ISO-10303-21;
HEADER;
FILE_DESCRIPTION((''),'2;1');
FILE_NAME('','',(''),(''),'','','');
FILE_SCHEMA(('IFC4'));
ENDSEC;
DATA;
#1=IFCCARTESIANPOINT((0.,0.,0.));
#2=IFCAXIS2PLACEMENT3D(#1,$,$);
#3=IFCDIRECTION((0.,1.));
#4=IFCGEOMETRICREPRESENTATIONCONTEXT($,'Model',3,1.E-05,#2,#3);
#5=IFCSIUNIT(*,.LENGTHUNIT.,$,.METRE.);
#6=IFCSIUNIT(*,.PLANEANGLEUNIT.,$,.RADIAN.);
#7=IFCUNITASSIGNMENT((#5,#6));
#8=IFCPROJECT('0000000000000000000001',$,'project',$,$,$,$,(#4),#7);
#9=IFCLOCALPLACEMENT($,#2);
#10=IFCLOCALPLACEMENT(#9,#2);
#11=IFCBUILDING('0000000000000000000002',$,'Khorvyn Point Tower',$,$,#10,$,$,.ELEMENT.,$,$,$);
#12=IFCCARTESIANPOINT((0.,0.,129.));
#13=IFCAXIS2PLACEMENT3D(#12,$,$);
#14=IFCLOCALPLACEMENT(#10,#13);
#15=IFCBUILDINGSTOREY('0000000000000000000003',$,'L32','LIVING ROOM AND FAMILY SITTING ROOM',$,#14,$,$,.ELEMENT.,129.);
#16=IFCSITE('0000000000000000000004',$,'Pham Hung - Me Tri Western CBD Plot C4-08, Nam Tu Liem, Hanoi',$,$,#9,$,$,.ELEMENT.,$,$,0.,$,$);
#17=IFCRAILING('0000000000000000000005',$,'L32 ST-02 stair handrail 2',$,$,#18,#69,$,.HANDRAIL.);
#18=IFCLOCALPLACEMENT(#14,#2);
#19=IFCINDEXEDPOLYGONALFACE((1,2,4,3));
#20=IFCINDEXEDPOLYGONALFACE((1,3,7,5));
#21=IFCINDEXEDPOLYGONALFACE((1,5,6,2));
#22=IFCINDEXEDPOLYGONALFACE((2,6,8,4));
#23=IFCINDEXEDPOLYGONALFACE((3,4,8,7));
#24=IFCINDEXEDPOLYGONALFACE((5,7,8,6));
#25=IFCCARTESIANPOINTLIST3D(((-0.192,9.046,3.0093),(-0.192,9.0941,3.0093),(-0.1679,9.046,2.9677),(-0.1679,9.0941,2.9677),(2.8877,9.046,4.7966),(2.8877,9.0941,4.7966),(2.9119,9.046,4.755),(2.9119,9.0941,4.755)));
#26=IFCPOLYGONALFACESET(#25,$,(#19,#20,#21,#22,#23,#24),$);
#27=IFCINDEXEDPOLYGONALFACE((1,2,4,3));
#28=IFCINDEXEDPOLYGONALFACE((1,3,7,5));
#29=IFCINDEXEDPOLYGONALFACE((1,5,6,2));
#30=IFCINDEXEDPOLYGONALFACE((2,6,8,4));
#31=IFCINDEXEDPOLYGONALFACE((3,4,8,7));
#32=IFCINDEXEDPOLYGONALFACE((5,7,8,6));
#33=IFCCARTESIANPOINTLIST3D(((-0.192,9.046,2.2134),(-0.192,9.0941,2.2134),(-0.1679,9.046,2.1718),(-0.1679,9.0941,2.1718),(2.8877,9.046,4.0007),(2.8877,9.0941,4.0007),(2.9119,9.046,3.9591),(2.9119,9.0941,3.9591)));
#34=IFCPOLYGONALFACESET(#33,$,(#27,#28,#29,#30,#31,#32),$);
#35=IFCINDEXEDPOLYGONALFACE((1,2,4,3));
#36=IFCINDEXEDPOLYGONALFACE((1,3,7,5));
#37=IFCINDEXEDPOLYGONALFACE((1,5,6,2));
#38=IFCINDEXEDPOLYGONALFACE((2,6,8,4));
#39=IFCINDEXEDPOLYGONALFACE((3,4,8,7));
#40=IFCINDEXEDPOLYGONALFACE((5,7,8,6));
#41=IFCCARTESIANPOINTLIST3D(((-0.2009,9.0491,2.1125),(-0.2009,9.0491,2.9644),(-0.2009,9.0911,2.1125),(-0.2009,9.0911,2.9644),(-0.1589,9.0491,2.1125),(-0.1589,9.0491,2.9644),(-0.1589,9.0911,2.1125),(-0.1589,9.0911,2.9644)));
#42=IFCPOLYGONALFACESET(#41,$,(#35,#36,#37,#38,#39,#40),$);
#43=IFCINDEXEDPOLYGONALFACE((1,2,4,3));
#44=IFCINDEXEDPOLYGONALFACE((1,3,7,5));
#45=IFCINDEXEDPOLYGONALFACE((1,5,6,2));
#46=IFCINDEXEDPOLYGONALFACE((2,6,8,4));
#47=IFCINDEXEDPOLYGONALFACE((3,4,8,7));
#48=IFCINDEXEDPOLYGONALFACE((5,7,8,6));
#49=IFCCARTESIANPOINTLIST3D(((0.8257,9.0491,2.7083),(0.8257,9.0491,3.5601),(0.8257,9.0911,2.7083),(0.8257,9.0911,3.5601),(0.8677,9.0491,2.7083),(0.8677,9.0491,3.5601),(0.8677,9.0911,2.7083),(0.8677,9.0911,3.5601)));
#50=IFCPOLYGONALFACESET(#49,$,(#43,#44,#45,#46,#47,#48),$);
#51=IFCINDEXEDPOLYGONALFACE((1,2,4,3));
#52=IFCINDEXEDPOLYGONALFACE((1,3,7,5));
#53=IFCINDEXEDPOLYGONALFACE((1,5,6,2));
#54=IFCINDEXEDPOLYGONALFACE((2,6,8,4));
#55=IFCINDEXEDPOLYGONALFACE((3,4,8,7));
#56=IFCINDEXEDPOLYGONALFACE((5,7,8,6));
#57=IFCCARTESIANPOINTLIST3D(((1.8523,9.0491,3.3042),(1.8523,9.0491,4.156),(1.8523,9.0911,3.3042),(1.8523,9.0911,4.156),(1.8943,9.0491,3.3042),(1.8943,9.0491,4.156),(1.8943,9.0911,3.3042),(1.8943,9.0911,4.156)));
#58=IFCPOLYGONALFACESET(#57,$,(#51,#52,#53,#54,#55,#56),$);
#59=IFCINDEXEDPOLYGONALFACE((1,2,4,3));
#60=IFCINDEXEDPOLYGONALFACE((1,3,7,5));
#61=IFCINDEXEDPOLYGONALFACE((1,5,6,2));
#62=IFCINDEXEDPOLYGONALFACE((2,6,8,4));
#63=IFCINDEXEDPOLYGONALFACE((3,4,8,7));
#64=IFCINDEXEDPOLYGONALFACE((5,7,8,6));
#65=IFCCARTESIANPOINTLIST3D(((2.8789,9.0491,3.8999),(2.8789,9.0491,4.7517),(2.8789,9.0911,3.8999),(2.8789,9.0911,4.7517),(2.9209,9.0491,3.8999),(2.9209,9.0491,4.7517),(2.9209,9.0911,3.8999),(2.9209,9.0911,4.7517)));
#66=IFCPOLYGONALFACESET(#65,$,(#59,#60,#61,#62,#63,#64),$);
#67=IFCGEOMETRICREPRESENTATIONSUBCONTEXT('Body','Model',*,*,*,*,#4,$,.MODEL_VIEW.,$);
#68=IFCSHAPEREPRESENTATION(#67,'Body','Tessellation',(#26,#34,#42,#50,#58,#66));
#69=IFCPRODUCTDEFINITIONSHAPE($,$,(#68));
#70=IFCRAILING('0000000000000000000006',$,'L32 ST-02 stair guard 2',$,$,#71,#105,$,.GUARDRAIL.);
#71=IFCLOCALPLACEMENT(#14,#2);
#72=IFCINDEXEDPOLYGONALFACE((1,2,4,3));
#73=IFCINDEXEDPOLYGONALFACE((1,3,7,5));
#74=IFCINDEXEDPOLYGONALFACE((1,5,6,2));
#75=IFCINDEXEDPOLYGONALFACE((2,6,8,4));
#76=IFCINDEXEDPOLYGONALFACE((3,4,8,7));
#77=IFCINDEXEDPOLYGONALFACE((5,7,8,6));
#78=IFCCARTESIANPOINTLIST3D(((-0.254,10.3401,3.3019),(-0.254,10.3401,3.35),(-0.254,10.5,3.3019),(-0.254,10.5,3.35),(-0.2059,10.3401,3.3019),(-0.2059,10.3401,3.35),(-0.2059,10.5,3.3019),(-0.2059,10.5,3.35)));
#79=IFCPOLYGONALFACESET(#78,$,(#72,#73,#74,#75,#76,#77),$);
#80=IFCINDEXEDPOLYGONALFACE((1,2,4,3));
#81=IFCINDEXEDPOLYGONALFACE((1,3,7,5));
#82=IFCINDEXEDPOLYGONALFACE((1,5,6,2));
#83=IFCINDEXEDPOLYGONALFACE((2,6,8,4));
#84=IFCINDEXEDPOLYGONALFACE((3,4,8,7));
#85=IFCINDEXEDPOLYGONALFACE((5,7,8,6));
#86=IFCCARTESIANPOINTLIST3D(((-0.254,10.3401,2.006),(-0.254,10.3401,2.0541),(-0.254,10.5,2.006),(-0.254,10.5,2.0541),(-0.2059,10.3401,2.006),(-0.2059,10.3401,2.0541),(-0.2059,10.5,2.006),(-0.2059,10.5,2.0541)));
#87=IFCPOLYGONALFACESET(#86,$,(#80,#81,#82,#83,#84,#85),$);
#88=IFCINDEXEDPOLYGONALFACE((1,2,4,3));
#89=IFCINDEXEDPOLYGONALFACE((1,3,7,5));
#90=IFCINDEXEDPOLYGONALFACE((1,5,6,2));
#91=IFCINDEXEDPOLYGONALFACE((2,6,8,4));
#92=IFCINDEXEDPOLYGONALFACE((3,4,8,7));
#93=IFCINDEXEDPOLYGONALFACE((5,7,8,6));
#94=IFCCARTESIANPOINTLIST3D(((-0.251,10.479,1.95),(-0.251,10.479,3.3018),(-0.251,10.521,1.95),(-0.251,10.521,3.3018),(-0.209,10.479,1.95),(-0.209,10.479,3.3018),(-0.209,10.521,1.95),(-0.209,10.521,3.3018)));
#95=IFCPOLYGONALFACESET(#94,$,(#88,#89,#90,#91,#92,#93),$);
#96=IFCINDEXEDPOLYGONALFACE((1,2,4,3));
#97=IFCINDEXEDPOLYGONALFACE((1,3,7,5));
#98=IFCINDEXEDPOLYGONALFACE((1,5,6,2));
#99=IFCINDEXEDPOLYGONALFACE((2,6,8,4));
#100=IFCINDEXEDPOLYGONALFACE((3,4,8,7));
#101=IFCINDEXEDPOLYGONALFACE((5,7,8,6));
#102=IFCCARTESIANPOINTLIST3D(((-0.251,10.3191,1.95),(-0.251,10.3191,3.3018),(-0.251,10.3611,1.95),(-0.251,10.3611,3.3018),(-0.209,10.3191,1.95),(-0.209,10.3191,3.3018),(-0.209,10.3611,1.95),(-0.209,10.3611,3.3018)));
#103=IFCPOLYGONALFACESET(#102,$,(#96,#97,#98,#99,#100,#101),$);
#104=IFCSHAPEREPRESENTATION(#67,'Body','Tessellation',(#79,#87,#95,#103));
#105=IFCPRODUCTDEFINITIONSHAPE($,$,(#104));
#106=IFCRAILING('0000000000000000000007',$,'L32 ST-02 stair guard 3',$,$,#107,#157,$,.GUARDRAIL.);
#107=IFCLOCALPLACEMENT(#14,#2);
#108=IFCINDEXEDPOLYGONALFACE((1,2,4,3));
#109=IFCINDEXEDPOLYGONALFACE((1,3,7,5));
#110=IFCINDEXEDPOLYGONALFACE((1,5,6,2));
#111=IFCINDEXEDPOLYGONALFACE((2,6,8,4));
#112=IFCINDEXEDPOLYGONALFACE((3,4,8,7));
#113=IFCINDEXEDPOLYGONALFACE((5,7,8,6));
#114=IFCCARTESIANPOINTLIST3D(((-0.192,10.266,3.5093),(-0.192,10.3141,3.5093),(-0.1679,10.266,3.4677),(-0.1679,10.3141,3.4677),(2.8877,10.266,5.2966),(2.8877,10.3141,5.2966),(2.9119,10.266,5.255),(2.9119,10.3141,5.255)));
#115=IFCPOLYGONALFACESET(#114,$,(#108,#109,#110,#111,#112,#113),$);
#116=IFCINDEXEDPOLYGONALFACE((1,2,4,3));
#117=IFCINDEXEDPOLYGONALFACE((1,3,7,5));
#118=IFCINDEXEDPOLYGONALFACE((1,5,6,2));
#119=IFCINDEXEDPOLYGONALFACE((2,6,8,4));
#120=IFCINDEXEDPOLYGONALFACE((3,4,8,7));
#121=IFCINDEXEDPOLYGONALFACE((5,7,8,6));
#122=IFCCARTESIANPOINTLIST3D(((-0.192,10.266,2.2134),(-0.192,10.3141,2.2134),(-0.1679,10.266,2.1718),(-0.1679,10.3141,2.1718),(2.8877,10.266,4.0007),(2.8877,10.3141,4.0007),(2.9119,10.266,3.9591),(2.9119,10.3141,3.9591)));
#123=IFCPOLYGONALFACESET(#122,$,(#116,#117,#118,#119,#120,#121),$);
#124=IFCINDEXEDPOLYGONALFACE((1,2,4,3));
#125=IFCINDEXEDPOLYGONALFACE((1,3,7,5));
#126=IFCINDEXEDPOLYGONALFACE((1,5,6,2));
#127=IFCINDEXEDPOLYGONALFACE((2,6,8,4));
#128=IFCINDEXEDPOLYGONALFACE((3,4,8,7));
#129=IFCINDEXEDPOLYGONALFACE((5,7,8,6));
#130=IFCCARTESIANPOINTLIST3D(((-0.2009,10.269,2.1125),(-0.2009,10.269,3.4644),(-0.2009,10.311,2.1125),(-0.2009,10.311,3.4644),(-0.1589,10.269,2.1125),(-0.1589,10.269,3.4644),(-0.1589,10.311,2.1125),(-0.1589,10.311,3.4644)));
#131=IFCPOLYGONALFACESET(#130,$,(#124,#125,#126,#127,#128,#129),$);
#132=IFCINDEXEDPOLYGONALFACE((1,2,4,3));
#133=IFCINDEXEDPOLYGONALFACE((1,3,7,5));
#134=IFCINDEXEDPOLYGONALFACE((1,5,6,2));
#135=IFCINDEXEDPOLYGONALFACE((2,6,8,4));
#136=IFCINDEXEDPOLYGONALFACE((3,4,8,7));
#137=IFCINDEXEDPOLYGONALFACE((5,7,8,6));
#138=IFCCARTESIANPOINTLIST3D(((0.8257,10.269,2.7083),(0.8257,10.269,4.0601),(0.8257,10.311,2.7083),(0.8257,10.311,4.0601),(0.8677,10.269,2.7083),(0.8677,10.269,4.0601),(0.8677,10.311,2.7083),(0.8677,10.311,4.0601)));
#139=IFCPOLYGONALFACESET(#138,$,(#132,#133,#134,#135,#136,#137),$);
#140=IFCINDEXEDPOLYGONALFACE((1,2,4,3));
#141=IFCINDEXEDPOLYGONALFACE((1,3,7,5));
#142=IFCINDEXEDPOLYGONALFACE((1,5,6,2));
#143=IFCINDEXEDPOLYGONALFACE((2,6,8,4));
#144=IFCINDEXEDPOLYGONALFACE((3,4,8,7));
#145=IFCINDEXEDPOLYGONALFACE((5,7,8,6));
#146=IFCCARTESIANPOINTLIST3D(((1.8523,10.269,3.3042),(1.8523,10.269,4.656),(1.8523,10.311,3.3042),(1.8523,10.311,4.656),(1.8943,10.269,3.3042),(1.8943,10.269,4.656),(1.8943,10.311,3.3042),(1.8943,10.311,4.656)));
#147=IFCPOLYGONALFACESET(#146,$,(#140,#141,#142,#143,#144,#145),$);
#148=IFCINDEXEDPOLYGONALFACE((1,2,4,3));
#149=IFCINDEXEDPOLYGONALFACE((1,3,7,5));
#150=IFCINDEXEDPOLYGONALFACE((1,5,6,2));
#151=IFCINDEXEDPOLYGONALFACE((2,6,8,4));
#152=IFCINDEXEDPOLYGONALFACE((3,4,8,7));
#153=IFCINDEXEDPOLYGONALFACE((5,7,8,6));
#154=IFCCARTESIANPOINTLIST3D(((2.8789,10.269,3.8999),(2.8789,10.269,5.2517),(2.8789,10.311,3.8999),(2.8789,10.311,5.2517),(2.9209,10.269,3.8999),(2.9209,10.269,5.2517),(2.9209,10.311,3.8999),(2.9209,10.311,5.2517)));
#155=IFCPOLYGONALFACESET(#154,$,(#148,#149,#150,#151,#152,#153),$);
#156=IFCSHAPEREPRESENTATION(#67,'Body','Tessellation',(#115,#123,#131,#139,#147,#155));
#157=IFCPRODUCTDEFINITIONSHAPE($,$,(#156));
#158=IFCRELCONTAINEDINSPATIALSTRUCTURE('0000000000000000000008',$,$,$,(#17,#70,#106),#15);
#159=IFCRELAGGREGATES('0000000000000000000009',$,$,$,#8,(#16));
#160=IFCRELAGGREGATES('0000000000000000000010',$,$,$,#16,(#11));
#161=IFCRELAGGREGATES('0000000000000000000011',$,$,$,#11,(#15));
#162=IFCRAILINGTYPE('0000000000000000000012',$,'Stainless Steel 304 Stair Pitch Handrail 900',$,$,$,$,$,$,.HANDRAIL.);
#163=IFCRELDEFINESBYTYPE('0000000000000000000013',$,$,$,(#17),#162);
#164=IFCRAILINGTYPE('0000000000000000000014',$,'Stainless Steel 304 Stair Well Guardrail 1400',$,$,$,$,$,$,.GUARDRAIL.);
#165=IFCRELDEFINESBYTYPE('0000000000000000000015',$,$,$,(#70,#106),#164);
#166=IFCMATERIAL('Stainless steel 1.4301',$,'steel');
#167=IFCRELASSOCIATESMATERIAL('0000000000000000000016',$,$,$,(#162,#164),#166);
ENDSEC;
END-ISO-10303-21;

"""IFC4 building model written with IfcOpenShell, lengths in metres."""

from ifc_helpers import new_model, si_unit, direction, frame, origin, origin_2d, place, context, subcontext, project, spatial, rectangle, extrude, material, type_object, element, save


model = new_model("IFC4")

# Units and contexts
model_context = context("Model", 3, precision=1e-05, world=origin(), true_north=direction((0.0, 1.0)))
body_context = subcontext(model_context, "Body", "Model", "MODEL_VIEW")
ifc_project = project(units=[si_unit("LENGTHUNIT", "METRE"), si_unit("PLANEANGLEUNIT", "RADIAN")], contexts=[model_context])

# Site, building, storey
site_placement = place(None, origin())
site = spatial("IfcSite", under=ifc_project, at=site_placement, Name="Pham Hung - Me Tri Western CBD Plot C4-08, Nam Tu Liem, Hanoi", CompositionType="ELEMENT", RefElevation=0.0)
building_placement = place(site_placement, origin())
building = spatial("IfcBuilding", under=site, at=building_placement, Name="Khorvyn Point Tower", CompositionType="ELEMENT")
storey_placement = place(building_placement, frame((0.0, 0.0, 129.0)))
storey = spatial("IfcBuildingStorey", under=building, at=storey_placement, Name="L32", Description="LIVING ROOM AND FAMILY SITTING ROOM", CompositionType="ELEMENT", Elevation=129.0)

# Shared definitions
ifc_material_1 = material(Name="Stainless steel 1.4301", Category="steel")

# Railings
railing_type_1 = type_object("IfcRailingType", Name="Stainless Steel 304 Stair Pitch Handrail 900", PredefinedType="HANDRAIL", material=ifc_material_1)
railing_1_placement = place(storey_placement, frame((-0.1799, 9.0701, 2.1125)))
element("IfcRailing", 1, at=railing_1_placement, inside=storey, type_object=railing_type_1, Name="L32 ST-02 stair handrail 2", PredefinedType="HANDRAIL", context=body_context, shape_type="SweptSolid", body=[
    extrude(rectangle(XDim=0.0481, YDim=0.0481, at=origin_2d()), frame((0.0, 0.0, 0.876), z_axis=(0.864903, 0.0, 0.501939), x_axis=(0.0, 1.0, 0.0)), (0.0, 0.0, 1.0), 3.5608),
    extrude(rectangle(XDim=0.0481, YDim=0.0481, at=origin_2d()), frame((0.0, 0.0, 0.0801), z_axis=(0.864903, 0.0, 0.501939), x_axis=(0.0, 1.0, 0.0)), (0.0, 0.0, 1.0), 3.5608),
    extrude(rectangle(XDim=0.042, YDim=0.042, at=origin_2d()), origin(), (0.0, 0.0, 1.0), 0.8518),
    extrude(rectangle(XDim=0.042, YDim=0.042, at=origin_2d()), frame((1.0266, 0.0, 0.5957)), (0.0, 0.0, 1.0), 0.8518),
    extrude(rectangle(XDim=0.042, YDim=0.042, at=origin_2d()), frame((2.0532, 0.0, 1.1917)), (0.0, 0.0, 1.0), 0.8518),
    extrude(rectangle(XDim=0.042, YDim=0.042, at=origin_2d()), frame((3.0798, 0.0, 1.7874)), (0.0, 0.0, 1.0), 0.8518),
])
railing_type_2 = type_object("IfcRailingType", Name="Stainless Steel 304 Stair Well Guardrail 1400", PredefinedType="GUARDRAIL", material=ifc_material_1)
railing_2_placement = place(storey_placement, frame((-0.23, 10.5, 1.95)))
element("IfcRailing", 2, at=railing_2_placement, inside=storey, type_object=railing_type_2, Name="L32 ST-02 stair guard 2", PredefinedType="GUARDRAIL", context=body_context, shape_type="SweptSolid", body=[
    extrude(rectangle(XDim=0.0481, YDim=0.0481, at=origin_2d()), frame((0.0, 0.0, 1.376), z_axis=(0.0, -1.0, 0.0), x_axis=(1.0, 0.0, 0.0)), (0.0, 0.0, 1.0), 0.1599),
    extrude(rectangle(XDim=0.0481, YDim=0.0481, at=origin_2d()), frame((0.0, 0.0, 0.0801), z_axis=(0.0, -1.0, 0.0), x_axis=(1.0, 0.0, 0.0)), (0.0, 0.0, 1.0), 0.1599),
    extrude(rectangle(XDim=0.042, YDim=0.042, at=origin_2d()), origin(), (0.0, 0.0, 1.0), 1.3518),
    extrude(rectangle(XDim=0.042, YDim=0.042, at=origin_2d()), frame((0.0, -0.1599, 0.0)), (0.0, 0.0, 1.0), 1.3518),
])
railing_3_placement = place(storey_placement, frame((-0.1799, 10.29, 2.1125)))
element("IfcRailing", 3, at=railing_3_placement, inside=storey, type_object=railing_type_2, Name="L32 ST-02 stair guard 3", PredefinedType="GUARDRAIL", context=body_context, shape_type="SweptSolid", body=[
    extrude(rectangle(XDim=0.0481, YDim=0.0481, at=origin_2d()), frame((0.0, 0.0, 1.376), z_axis=(0.864903, 0.0, 0.501939), x_axis=(0.0, 1.0, 0.0)), (0.0, 0.0, 1.0), 3.5608),
    extrude(rectangle(XDim=0.0481, YDim=0.0481, at=origin_2d()), frame((0.0, 0.0, 0.0801), z_axis=(0.864903, 0.0, 0.501939), x_axis=(0.0, 1.0, 0.0)), (0.0, 0.0, 1.0), 3.5608),
    extrude(rectangle(XDim=0.042, YDim=0.042, at=origin_2d()), origin(), (0.0, 0.0, 1.0), 1.3518),
    extrude(rectangle(XDim=0.042, YDim=0.042, at=origin_2d()), frame((1.0266, 0.0, 0.5957)), (0.0, 0.0, 1.0), 1.3518),
    extrude(rectangle(XDim=0.042, YDim=0.042, at=origin_2d()), frame((2.0532, 0.0, 1.1917)), (0.0, 0.0, 1.0), 1.3518),
    extrude(rectangle(XDim=0.042, YDim=0.042, at=origin_2d()), frame((3.0798, 0.0, 1.7874)), (0.0, 0.0, 1.0), 1.3518),
])

save(model, "model.ifc")
